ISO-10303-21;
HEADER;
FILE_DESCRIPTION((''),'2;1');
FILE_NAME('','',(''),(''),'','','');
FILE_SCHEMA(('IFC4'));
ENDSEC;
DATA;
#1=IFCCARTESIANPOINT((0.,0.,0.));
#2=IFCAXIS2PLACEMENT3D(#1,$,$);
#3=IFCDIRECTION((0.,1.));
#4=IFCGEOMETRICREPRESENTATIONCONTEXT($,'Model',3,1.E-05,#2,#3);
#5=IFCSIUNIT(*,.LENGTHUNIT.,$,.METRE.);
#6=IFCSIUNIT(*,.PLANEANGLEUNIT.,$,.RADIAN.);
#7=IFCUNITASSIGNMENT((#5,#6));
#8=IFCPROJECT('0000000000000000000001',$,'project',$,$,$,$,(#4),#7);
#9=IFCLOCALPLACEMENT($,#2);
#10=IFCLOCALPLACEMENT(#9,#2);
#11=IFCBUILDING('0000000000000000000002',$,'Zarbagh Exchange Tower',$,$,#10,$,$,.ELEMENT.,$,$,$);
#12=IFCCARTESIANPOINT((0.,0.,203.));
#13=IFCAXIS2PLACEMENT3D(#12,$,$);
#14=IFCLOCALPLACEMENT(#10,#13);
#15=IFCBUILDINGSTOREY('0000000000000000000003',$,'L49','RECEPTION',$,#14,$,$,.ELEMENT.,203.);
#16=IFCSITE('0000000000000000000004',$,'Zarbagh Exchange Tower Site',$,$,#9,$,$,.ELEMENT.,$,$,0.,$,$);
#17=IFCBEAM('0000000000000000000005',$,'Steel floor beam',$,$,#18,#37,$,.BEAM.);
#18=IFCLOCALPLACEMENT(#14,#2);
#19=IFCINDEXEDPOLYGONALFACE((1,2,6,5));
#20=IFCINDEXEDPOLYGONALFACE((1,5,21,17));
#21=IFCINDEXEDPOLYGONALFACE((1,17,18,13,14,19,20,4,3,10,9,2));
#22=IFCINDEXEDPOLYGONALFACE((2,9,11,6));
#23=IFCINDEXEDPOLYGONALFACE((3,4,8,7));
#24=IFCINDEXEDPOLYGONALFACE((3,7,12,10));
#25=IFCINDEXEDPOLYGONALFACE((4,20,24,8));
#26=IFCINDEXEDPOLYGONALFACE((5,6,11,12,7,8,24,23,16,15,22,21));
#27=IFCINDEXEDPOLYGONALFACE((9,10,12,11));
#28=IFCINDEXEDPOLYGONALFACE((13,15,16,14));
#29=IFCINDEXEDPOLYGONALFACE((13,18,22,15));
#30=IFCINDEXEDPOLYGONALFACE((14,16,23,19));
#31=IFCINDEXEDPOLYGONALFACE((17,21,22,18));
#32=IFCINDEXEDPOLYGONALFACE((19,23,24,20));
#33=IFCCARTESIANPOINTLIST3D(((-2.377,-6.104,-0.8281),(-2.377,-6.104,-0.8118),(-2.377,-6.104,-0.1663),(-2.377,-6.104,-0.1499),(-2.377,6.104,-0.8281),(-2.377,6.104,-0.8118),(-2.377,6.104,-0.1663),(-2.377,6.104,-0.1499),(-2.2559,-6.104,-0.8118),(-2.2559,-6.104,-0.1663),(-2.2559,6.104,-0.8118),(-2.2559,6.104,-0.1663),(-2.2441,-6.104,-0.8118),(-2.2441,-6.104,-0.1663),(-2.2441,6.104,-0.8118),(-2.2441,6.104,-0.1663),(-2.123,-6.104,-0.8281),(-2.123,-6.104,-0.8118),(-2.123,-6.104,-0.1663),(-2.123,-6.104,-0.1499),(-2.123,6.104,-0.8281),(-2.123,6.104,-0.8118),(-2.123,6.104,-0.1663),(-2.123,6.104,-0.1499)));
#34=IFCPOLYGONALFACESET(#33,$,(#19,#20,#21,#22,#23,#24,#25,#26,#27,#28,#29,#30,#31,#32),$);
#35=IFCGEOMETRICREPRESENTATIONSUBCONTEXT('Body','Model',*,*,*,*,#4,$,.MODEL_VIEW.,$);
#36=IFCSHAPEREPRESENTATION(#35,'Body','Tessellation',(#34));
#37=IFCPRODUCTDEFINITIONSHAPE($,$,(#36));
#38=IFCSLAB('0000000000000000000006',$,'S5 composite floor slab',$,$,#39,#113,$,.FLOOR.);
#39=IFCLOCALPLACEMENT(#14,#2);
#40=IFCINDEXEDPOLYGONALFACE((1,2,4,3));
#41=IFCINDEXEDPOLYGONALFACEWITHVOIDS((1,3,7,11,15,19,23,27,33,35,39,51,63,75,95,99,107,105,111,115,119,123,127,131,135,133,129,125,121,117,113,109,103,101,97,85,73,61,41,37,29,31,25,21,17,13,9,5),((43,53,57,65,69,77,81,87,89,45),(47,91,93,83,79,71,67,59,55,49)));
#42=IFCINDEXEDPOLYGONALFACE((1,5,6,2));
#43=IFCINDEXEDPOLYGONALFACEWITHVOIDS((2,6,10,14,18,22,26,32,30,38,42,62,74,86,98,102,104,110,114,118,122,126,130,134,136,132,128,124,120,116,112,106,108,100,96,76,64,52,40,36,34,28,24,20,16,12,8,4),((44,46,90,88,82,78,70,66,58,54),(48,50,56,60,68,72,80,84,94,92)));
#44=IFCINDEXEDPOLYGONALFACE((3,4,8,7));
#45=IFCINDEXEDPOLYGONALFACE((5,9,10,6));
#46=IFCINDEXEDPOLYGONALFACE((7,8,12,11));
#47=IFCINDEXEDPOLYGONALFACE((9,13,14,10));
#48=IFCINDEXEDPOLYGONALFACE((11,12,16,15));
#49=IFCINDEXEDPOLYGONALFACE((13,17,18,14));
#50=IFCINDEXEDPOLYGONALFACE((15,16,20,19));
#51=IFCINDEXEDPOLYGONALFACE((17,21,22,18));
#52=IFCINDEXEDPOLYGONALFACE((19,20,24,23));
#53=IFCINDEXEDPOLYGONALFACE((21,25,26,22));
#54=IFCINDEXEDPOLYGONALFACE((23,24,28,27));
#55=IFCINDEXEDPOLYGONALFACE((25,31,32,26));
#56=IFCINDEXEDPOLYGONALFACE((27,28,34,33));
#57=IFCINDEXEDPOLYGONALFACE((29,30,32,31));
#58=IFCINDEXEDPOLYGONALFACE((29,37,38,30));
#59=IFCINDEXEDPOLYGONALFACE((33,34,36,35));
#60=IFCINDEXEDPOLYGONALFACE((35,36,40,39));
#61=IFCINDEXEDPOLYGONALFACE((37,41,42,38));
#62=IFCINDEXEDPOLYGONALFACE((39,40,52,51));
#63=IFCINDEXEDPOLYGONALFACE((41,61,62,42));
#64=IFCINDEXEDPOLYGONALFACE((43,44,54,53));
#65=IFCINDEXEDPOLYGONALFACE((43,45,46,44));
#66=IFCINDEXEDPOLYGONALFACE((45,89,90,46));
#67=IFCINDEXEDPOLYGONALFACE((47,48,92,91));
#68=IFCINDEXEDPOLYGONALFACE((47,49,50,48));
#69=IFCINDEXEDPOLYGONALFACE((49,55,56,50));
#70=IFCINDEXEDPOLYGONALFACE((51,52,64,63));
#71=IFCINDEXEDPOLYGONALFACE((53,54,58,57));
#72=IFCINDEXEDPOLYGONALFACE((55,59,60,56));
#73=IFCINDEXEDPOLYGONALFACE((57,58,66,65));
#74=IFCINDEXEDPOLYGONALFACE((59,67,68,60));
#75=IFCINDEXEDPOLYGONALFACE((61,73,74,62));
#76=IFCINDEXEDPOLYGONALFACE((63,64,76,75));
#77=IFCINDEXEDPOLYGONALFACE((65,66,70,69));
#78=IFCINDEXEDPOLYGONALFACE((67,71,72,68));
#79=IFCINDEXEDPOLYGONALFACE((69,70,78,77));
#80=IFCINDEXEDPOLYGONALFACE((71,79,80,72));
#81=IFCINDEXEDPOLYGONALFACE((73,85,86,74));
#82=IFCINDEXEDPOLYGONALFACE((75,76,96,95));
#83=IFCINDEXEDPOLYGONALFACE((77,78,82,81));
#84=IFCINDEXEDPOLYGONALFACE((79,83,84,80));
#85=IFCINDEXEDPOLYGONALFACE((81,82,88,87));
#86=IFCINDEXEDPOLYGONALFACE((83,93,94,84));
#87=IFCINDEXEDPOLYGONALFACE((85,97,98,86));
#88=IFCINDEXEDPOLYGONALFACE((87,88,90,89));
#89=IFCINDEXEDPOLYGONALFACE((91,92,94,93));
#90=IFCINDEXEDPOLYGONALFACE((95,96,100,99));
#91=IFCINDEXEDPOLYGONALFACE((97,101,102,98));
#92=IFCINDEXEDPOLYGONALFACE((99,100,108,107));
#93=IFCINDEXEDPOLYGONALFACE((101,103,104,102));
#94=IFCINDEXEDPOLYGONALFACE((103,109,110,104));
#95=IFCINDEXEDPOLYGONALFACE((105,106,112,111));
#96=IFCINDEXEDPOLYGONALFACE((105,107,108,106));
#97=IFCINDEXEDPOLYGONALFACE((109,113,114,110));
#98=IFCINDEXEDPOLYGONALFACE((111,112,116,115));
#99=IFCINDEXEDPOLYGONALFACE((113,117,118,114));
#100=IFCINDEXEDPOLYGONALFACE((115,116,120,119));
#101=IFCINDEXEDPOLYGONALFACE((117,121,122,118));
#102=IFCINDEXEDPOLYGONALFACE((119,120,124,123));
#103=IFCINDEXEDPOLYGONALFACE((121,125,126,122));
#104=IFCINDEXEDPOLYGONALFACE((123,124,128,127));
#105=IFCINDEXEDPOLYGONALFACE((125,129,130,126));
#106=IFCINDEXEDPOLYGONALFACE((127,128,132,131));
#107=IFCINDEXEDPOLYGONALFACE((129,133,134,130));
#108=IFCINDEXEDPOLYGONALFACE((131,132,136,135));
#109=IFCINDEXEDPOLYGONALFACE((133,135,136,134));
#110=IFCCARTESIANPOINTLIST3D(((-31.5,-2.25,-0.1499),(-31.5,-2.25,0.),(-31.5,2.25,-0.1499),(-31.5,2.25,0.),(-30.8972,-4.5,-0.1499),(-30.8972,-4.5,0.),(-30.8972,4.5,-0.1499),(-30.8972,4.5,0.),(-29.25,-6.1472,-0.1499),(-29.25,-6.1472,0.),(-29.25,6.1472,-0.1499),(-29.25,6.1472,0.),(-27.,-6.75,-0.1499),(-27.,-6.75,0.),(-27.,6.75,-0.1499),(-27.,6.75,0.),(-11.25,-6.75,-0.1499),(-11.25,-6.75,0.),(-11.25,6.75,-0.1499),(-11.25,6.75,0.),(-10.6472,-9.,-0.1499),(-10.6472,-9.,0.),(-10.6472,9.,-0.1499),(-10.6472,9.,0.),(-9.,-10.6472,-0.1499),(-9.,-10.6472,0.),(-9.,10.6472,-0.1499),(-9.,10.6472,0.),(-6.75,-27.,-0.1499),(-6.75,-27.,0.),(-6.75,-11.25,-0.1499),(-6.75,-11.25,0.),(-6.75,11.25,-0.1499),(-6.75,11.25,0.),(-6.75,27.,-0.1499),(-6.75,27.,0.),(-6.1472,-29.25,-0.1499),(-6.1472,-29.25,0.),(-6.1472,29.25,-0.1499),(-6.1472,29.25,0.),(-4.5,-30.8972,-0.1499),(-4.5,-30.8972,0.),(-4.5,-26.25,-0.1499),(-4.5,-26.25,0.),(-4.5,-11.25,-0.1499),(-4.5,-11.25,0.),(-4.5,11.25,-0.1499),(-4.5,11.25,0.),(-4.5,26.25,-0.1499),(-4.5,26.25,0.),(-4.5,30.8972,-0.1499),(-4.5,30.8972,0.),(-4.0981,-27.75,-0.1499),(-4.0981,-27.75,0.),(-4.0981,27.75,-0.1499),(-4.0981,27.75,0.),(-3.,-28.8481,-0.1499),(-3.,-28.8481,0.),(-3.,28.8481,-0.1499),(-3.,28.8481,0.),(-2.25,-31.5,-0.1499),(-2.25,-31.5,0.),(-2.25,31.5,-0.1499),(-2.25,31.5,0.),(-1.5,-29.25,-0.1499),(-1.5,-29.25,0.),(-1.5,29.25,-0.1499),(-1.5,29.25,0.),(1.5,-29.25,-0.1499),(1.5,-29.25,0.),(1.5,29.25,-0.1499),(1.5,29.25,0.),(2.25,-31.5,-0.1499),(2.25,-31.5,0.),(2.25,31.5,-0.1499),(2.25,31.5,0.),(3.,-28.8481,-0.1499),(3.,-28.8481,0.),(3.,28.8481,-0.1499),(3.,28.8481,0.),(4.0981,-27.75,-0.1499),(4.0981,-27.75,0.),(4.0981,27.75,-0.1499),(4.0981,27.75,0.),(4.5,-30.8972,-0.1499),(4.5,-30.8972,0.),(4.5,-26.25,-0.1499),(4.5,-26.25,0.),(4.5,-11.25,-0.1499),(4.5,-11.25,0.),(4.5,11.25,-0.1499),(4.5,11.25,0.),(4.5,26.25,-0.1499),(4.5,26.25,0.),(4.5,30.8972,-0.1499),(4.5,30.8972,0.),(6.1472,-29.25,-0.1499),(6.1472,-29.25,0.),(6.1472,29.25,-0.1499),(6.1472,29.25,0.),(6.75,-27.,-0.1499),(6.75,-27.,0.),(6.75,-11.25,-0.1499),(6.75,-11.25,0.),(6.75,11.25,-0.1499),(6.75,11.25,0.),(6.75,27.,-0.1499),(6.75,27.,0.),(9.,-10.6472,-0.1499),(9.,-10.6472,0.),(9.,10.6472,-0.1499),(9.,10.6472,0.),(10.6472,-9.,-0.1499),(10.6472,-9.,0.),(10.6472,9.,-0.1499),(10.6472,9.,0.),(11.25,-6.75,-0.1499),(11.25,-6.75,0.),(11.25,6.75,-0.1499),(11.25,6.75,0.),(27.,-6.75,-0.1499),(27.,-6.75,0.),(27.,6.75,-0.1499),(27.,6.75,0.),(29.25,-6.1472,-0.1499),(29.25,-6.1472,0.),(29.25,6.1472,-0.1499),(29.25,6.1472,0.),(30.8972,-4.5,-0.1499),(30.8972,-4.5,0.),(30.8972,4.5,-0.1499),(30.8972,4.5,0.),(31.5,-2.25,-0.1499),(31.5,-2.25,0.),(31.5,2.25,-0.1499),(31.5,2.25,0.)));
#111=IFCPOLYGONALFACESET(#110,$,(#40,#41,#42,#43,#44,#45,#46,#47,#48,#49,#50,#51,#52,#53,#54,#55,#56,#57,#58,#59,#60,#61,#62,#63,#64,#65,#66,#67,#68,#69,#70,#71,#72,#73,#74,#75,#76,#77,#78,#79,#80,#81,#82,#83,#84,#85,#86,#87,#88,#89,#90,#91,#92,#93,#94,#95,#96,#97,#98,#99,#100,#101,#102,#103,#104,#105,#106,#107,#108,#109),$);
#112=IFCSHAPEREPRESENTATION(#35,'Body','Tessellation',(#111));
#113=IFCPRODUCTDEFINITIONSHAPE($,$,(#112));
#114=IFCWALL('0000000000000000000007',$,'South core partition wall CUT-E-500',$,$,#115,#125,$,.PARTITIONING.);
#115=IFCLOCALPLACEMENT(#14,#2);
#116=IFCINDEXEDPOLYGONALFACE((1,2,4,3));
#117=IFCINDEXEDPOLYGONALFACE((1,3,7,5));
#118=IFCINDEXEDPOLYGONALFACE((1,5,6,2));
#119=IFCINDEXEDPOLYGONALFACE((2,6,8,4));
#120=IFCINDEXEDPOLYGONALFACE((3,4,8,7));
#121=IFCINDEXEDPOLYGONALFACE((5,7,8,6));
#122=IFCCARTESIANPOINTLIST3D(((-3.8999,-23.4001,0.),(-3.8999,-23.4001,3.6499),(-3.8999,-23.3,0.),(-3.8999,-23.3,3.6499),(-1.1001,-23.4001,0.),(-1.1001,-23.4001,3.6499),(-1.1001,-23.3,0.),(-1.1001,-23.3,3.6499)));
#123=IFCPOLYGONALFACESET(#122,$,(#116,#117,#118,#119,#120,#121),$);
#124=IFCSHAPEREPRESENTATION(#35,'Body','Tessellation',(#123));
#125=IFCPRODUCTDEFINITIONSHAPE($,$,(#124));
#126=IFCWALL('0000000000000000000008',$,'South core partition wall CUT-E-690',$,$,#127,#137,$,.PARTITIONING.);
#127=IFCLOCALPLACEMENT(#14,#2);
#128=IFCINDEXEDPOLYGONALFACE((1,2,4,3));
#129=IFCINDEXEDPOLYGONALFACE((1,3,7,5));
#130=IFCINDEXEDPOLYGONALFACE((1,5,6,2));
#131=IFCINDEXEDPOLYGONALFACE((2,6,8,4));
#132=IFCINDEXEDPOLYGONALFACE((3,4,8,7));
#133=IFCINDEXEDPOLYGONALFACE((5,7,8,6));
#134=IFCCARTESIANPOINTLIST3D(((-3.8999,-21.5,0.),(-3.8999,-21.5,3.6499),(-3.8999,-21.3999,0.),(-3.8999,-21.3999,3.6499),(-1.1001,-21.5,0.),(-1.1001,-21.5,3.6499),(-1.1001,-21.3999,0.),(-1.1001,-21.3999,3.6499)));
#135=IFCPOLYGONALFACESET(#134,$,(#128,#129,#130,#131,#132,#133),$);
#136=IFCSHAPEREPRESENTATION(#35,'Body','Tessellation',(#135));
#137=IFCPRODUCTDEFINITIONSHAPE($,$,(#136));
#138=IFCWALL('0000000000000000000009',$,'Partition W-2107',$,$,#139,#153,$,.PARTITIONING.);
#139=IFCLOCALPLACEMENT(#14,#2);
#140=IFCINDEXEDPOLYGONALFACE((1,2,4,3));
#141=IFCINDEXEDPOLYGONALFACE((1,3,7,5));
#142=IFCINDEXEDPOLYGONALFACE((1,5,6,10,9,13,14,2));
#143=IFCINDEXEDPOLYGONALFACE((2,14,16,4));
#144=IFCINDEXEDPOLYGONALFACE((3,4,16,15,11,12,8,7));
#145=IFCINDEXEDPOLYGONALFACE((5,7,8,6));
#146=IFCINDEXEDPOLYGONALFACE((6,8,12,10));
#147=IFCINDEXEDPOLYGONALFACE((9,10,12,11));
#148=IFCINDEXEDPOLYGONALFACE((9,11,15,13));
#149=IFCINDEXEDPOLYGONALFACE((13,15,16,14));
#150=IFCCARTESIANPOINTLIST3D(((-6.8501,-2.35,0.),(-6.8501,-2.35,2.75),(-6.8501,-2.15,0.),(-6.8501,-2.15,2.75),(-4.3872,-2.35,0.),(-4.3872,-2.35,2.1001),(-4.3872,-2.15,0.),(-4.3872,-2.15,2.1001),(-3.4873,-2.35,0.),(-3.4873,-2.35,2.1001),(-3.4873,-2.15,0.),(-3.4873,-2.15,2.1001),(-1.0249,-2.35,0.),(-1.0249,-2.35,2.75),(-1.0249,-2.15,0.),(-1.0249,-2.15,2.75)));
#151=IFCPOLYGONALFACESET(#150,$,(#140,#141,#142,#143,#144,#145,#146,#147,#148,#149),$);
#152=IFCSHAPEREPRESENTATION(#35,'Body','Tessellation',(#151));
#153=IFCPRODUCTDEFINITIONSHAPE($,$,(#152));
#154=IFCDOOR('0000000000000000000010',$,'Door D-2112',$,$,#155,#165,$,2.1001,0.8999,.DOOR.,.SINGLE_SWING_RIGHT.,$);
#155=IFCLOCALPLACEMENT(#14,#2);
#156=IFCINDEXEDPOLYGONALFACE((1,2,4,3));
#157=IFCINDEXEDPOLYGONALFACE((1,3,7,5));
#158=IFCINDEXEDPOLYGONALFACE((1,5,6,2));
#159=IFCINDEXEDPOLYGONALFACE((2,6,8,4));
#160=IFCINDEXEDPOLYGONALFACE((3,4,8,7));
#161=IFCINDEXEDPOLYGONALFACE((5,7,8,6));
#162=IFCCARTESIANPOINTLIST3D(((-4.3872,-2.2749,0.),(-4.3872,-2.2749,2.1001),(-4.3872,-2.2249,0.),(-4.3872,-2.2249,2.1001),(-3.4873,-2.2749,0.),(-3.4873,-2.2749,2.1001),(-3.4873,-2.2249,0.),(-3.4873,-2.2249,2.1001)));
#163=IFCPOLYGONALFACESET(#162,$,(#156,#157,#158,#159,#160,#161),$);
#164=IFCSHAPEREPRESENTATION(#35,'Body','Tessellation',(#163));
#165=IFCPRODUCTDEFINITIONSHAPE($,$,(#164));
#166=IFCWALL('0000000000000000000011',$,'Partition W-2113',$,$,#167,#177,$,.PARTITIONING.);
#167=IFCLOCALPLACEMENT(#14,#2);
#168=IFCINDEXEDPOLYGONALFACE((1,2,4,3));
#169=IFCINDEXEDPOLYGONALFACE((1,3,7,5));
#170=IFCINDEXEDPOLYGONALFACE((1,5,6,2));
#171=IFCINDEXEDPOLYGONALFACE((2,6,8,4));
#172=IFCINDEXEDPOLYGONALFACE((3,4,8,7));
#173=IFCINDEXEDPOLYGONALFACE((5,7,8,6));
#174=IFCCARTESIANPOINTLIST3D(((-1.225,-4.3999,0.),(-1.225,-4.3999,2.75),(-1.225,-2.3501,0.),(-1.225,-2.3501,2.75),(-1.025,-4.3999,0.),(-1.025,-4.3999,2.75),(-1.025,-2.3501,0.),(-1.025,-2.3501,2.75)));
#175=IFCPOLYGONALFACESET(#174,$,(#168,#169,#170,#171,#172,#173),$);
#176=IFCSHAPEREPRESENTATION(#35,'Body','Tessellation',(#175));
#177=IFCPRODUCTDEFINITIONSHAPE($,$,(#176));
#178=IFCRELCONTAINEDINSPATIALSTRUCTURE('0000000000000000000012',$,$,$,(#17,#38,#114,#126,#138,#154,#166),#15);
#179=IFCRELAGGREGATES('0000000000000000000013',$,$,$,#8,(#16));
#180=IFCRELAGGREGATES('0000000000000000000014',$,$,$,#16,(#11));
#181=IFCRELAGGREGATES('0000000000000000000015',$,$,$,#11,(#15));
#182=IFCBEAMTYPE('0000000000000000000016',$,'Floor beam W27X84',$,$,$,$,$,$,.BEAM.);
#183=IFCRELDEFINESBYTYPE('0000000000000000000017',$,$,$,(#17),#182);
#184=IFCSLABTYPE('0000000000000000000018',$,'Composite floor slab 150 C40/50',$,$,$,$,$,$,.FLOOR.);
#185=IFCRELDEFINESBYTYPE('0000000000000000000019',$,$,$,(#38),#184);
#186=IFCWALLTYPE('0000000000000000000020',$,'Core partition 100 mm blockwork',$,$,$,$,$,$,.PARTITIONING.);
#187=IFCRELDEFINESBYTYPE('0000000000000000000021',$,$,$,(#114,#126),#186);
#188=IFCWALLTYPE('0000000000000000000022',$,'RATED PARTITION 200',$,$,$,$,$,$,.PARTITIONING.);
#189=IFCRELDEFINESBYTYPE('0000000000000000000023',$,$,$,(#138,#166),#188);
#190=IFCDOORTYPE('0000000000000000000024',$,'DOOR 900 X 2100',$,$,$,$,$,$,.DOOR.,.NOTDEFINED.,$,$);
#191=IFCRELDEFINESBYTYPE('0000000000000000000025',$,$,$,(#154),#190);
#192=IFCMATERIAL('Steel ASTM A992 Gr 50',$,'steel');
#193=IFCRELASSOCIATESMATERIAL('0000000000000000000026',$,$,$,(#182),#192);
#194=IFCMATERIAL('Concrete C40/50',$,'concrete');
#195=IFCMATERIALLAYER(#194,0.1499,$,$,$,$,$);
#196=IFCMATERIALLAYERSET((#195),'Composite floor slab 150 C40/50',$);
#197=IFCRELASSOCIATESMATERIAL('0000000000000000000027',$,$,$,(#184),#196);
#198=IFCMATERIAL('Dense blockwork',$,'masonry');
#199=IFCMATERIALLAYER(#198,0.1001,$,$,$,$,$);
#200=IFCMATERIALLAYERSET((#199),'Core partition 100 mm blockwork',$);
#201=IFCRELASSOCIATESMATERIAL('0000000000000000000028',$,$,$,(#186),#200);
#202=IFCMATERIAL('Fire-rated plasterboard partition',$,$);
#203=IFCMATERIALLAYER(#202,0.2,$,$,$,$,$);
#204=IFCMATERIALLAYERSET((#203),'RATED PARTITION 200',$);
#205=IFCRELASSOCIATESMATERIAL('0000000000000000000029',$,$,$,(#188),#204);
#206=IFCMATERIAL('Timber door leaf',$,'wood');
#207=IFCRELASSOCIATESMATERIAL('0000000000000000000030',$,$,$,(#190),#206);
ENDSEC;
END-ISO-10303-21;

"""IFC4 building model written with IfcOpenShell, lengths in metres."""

from ifc_helpers import new_model, si_unit, direction, frame, frame_2d, origin, origin_2d, place, context, subcontext, project, spatial, polyline, rectangle, i_section, outline, extrude, material, layer, layer_set, material_profile, profile_set, type_object, element, fill, save


model = new_model("IFC4")

# Units and contexts
model_context = context("Model", 3, precision=1e-05, world=origin(), true_north=direction((0.0, 1.0)))
body_context = subcontext(model_context, "Body", "Model", "MODEL_VIEW")
ifc_project = project(units=[si_unit("LENGTHUNIT", "METRE"), si_unit("PLANEANGLEUNIT", "RADIAN")], contexts=[model_context])

# Site, building, storey
site_placement = place(None, origin())
site = spatial("IfcSite", under=ifc_project, at=site_placement, Name="Zarbagh Exchange Tower Site", CompositionType="ELEMENT", RefElevation=0.0)
building_placement = place(site_placement, origin())
building = spatial("IfcBuilding", under=site, at=building_placement, Name="Zarbagh Exchange Tower", CompositionType="ELEMENT")
storey_placement = place(building_placement, frame((0.0, 0.0, 203.0)))
storey = spatial("IfcBuildingStorey", under=building, at=storey_placement, Name="L49", Description="RECEPTION", CompositionType="ELEMENT", Elevation=203.0)

# Beam
ifc_material_1 = material(Name="Steel ASTM A992 Gr 50", Category="steel")
ifc_material_profile = material_profile(ifc_material_1, i_section(OverallWidth=0.2539, OverallDepth=0.6782, WebThickness=0.0117, FlangeThickness=0.0164, at=origin_2d()), Name="W27X84")
ifc_profile_set = profile_set([ifc_material_profile], Name="Steel ASTM A992 Gr 50")
beam_type = type_object("IfcBeamType", Name="Floor beam W27X84", PredefinedType="BEAM", material=ifc_profile_set)
beam_placement = place(storey_placement, frame((-2.25, -6.104, -0.489), z_axis=(0.0, 1.0, 0.0), x_axis=(-1.0, 0.0, 0.0)))
element("IfcBeam", 1, at=beam_placement, inside=storey, type_object=beam_type, Name="Steel floor beam", PredefinedType="BEAM", context=body_context, shape_type="SweptSolid", body=[
    extrude(i_section(OverallWidth=0.2539, OverallDepth=0.6782, WebThickness=0.0117, FlangeThickness=0.0164, at=origin_2d()), origin(), (0.0, 0.0, 1.0), 12.208),
])

# Slab
ifc_material_2 = material(Name="Concrete C40/50", Category="concrete")
ifc_layer_1 = layer(ifc_material_2, 0.1499)
ifc_layer_set_1 = layer_set([ifc_layer_1], Name="Composite floor slab 150 C40/50")
slab_type = type_object("IfcSlabType", Name="Composite floor slab 150 C40/50", PredefinedType="FLOOR", material=ifc_layer_set_1)
slab_placement = place(storey_placement, frame((0.0, 0.0, -0.1499)))
element("IfcSlab", 2, at=slab_placement, inside=storey, type_object=slab_type, Name="S5 composite floor slab", PredefinedType="FLOOR", context=body_context, shape_type="SweptSolid", body=[
    extrude(outline(polyline([(-2.25, -31.5), (-4.5, -30.8972), (-6.1472, -29.25), (-6.75, -27.0), (-6.75, -11.25), (-9.0, -10.6472), (-10.6472, -9.0), (-11.25, -6.75), (-27.0, -6.75), (-29.25, -6.1472), (-30.8972, -4.5), (-31.5, -2.25), (-31.5, 2.25), (-30.8972, 4.5), (-29.25, 6.1472), (-27.0, 6.75), (-11.25, 6.75), (-10.6472, 9.0), (-9.0, 10.6472), (-6.75, 11.25), (-6.75, 27.0), (-6.1472, 29.25), (-4.5, 30.8972), (-2.25, 31.5), (2.25, 31.5), (4.5, 30.8972), (6.1472, 29.25), (6.75, 27.0), (6.75, 11.25), (9.0, 10.6472), (10.6472, 9.0), (11.25, 6.75), (27.0, 6.75), (29.25, 6.1472), (30.8972, 4.5), (31.5, 2.25), (31.5, -2.25), (30.8972, -4.5), (29.25, -6.1472), (27.0, -6.75), (11.25, -6.75), (10.6472, -9.0), (9.0, -10.6472), (6.75, -11.25), (6.75, -27.0), (6.1472, -29.25), (4.5, -30.8972), (2.25, -31.5), (-2.25, -31.5)]), holes=[polyline([(4.5, 11.25), (4.5, 26.25), (4.0981, 27.75), (3.0, 28.8481), (1.5, 29.25), (-1.5, 29.25), (-3.0, 28.8481), (-4.0981, 27.75), (-4.5, 26.25), (-4.5, 11.25), (4.5, 11.25)]), polyline([(-1.5, -29.25), (1.5, -29.25), (3.0, -28.8481), (4.0981, -27.75), (4.5, -26.25), (4.5, -11.25), (-4.5, -11.25), (-4.5, -26.25), (-4.0981, -27.75), (-3.0, -28.8481), (-1.5, -29.25)])]), origin(), (0.0, 0.0, 1.0), 0.1499),
])

# Walls
ifc_material_3 = material(Name="Dense blockwork", Category="masonry")
ifc_layer_2 = layer(ifc_material_3, 0.1001)
ifc_layer_set_2 = layer_set([ifc_layer_2], Name="Core partition 100 mm blockwork")
wall_type_1 = type_object("IfcWallType", Name="Core partition 100 mm blockwork", PredefinedType="PARTITIONING", material=ifc_layer_set_2)
for number, where, z_axis, x_axis, name in (
    (3, (-1.1001, -23.3501, 0.0), (0.0, 0.0, 1.0), (-1.0, 0.0, 0.0), "South core partition wall CUT-E-500"),
    (4, (-1.1001, -21.45, 0.0), (0.0, 0.0, 1.0), (-1.0, 0.0, 0.0), "South core partition wall CUT-E-690"),
):
    element("IfcWall", number, at=place(storey_placement, frame(where, z_axis=z_axis, x_axis=x_axis)), inside=storey, type_object=wall_type_1, Name=name, PredefinedType="PARTITIONING", context=body_context, shape_type="SweptSolid", body=[
        extrude(rectangle(XDim=2.7998, YDim=0.1001, at=frame_2d((1.3999, 0.0))), origin(), (0.0, 0.0, 1.0), 3.6499),
    ])

# Wall, opening, door
ifc_material_4 = material(Name="Fire-rated plasterboard partition")
ifc_layer_3 = layer(ifc_material_4, 0.2)
ifc_layer_set_3 = layer_set([ifc_layer_3], Name="RATED PARTITION 200")
wall_type_2 = type_object("IfcWallType", Name="RATED PARTITION 200", PredefinedType="PARTITIONING", material=ifc_layer_set_3)
wall_1_placement = place(storey_placement, frame((-1.0249, -2.25, 0.0), z_axis=(0.0, 0.0, 1.0), x_axis=(-1.0, 0.0, 0.0)))
wall_1 = element("IfcWall", 5, at=wall_1_placement, inside=storey, type_object=wall_type_2, Name="Partition W-2107", PredefinedType="PARTITIONING", context=body_context, shape_type="SweptSolid", body=[
    extrude(rectangle(XDim=5.8252, YDim=0.2, at=frame_2d((2.9126, 0.0))), origin(), (0.0, 0.0, 1.0), 2.75),
])
opening_1_placement = place(wall_1_placement, frame((2.4624, 0.0, 0.0)))
opening_1 = element("IfcOpeningElement", 6, at=opening_1_placement, cuts=wall_1, PredefinedType="OPENING", context=body_context, shape_type="SweptSolid", body=[
    extrude(rectangle(XDim=0.8999, YDim=2.1001, at=frame_2d((0.45, 1.05))), frame((0.0, 0.1099, 0.0), z_axis=(0.0, -1.0, 0.0), x_axis=(1.0, 0.0, 0.0)), (0.0, 0.0, 1.0), 0.22),
])
ifc_material_5 = material(Name="Timber door leaf", Category="wood")
door_type_1 = type_object("IfcDoorType", Name="DOOR 900 X 2100", OperationType="NOTDEFINED", PredefinedType="DOOR", material=ifc_material_5)
door_1_placement = place(opening_1_placement, origin())
door_1 = element("IfcDoor", 7, at=door_1_placement, inside=storey, type_object=door_type_1, Name="Door D-2112", OperationType="SINGLE_SWING_RIGHT", OverallHeight=2.1001, OverallWidth=0.8999, PredefinedType="DOOR", context=body_context, shape_type="SweptSolid", body=[
    extrude(rectangle(XDim=0.8999, YDim=2.1001, at=frame_2d((0.45, 1.05))), frame((0.0, 0.0249, 0.0), z_axis=(0.0, -1.0, 0.0), x_axis=(1.0, 0.0, 0.0)), (0.0, 0.0, 1.0), 0.05),
])
fill(opening_1, door_1)

# Wall
wall_2_placement = place(storey_placement, frame((-1.125, -4.3999, 0.0), z_axis=(0.0, 0.0, 1.0), x_axis=(0.0, 1.0, 0.0)))
element("IfcWall", 8, at=wall_2_placement, inside=storey, type_object=wall_type_2, Name="Partition W-2113", PredefinedType="PARTITIONING", context=body_context, shape_type="SweptSolid", body=[
    extrude(rectangle(XDim=2.0498, YDim=0.2, at=frame_2d((1.0249, 0.0))), origin(), (0.0, 0.0, 1.0), 2.75),
])

save(model, "model.ifc")
